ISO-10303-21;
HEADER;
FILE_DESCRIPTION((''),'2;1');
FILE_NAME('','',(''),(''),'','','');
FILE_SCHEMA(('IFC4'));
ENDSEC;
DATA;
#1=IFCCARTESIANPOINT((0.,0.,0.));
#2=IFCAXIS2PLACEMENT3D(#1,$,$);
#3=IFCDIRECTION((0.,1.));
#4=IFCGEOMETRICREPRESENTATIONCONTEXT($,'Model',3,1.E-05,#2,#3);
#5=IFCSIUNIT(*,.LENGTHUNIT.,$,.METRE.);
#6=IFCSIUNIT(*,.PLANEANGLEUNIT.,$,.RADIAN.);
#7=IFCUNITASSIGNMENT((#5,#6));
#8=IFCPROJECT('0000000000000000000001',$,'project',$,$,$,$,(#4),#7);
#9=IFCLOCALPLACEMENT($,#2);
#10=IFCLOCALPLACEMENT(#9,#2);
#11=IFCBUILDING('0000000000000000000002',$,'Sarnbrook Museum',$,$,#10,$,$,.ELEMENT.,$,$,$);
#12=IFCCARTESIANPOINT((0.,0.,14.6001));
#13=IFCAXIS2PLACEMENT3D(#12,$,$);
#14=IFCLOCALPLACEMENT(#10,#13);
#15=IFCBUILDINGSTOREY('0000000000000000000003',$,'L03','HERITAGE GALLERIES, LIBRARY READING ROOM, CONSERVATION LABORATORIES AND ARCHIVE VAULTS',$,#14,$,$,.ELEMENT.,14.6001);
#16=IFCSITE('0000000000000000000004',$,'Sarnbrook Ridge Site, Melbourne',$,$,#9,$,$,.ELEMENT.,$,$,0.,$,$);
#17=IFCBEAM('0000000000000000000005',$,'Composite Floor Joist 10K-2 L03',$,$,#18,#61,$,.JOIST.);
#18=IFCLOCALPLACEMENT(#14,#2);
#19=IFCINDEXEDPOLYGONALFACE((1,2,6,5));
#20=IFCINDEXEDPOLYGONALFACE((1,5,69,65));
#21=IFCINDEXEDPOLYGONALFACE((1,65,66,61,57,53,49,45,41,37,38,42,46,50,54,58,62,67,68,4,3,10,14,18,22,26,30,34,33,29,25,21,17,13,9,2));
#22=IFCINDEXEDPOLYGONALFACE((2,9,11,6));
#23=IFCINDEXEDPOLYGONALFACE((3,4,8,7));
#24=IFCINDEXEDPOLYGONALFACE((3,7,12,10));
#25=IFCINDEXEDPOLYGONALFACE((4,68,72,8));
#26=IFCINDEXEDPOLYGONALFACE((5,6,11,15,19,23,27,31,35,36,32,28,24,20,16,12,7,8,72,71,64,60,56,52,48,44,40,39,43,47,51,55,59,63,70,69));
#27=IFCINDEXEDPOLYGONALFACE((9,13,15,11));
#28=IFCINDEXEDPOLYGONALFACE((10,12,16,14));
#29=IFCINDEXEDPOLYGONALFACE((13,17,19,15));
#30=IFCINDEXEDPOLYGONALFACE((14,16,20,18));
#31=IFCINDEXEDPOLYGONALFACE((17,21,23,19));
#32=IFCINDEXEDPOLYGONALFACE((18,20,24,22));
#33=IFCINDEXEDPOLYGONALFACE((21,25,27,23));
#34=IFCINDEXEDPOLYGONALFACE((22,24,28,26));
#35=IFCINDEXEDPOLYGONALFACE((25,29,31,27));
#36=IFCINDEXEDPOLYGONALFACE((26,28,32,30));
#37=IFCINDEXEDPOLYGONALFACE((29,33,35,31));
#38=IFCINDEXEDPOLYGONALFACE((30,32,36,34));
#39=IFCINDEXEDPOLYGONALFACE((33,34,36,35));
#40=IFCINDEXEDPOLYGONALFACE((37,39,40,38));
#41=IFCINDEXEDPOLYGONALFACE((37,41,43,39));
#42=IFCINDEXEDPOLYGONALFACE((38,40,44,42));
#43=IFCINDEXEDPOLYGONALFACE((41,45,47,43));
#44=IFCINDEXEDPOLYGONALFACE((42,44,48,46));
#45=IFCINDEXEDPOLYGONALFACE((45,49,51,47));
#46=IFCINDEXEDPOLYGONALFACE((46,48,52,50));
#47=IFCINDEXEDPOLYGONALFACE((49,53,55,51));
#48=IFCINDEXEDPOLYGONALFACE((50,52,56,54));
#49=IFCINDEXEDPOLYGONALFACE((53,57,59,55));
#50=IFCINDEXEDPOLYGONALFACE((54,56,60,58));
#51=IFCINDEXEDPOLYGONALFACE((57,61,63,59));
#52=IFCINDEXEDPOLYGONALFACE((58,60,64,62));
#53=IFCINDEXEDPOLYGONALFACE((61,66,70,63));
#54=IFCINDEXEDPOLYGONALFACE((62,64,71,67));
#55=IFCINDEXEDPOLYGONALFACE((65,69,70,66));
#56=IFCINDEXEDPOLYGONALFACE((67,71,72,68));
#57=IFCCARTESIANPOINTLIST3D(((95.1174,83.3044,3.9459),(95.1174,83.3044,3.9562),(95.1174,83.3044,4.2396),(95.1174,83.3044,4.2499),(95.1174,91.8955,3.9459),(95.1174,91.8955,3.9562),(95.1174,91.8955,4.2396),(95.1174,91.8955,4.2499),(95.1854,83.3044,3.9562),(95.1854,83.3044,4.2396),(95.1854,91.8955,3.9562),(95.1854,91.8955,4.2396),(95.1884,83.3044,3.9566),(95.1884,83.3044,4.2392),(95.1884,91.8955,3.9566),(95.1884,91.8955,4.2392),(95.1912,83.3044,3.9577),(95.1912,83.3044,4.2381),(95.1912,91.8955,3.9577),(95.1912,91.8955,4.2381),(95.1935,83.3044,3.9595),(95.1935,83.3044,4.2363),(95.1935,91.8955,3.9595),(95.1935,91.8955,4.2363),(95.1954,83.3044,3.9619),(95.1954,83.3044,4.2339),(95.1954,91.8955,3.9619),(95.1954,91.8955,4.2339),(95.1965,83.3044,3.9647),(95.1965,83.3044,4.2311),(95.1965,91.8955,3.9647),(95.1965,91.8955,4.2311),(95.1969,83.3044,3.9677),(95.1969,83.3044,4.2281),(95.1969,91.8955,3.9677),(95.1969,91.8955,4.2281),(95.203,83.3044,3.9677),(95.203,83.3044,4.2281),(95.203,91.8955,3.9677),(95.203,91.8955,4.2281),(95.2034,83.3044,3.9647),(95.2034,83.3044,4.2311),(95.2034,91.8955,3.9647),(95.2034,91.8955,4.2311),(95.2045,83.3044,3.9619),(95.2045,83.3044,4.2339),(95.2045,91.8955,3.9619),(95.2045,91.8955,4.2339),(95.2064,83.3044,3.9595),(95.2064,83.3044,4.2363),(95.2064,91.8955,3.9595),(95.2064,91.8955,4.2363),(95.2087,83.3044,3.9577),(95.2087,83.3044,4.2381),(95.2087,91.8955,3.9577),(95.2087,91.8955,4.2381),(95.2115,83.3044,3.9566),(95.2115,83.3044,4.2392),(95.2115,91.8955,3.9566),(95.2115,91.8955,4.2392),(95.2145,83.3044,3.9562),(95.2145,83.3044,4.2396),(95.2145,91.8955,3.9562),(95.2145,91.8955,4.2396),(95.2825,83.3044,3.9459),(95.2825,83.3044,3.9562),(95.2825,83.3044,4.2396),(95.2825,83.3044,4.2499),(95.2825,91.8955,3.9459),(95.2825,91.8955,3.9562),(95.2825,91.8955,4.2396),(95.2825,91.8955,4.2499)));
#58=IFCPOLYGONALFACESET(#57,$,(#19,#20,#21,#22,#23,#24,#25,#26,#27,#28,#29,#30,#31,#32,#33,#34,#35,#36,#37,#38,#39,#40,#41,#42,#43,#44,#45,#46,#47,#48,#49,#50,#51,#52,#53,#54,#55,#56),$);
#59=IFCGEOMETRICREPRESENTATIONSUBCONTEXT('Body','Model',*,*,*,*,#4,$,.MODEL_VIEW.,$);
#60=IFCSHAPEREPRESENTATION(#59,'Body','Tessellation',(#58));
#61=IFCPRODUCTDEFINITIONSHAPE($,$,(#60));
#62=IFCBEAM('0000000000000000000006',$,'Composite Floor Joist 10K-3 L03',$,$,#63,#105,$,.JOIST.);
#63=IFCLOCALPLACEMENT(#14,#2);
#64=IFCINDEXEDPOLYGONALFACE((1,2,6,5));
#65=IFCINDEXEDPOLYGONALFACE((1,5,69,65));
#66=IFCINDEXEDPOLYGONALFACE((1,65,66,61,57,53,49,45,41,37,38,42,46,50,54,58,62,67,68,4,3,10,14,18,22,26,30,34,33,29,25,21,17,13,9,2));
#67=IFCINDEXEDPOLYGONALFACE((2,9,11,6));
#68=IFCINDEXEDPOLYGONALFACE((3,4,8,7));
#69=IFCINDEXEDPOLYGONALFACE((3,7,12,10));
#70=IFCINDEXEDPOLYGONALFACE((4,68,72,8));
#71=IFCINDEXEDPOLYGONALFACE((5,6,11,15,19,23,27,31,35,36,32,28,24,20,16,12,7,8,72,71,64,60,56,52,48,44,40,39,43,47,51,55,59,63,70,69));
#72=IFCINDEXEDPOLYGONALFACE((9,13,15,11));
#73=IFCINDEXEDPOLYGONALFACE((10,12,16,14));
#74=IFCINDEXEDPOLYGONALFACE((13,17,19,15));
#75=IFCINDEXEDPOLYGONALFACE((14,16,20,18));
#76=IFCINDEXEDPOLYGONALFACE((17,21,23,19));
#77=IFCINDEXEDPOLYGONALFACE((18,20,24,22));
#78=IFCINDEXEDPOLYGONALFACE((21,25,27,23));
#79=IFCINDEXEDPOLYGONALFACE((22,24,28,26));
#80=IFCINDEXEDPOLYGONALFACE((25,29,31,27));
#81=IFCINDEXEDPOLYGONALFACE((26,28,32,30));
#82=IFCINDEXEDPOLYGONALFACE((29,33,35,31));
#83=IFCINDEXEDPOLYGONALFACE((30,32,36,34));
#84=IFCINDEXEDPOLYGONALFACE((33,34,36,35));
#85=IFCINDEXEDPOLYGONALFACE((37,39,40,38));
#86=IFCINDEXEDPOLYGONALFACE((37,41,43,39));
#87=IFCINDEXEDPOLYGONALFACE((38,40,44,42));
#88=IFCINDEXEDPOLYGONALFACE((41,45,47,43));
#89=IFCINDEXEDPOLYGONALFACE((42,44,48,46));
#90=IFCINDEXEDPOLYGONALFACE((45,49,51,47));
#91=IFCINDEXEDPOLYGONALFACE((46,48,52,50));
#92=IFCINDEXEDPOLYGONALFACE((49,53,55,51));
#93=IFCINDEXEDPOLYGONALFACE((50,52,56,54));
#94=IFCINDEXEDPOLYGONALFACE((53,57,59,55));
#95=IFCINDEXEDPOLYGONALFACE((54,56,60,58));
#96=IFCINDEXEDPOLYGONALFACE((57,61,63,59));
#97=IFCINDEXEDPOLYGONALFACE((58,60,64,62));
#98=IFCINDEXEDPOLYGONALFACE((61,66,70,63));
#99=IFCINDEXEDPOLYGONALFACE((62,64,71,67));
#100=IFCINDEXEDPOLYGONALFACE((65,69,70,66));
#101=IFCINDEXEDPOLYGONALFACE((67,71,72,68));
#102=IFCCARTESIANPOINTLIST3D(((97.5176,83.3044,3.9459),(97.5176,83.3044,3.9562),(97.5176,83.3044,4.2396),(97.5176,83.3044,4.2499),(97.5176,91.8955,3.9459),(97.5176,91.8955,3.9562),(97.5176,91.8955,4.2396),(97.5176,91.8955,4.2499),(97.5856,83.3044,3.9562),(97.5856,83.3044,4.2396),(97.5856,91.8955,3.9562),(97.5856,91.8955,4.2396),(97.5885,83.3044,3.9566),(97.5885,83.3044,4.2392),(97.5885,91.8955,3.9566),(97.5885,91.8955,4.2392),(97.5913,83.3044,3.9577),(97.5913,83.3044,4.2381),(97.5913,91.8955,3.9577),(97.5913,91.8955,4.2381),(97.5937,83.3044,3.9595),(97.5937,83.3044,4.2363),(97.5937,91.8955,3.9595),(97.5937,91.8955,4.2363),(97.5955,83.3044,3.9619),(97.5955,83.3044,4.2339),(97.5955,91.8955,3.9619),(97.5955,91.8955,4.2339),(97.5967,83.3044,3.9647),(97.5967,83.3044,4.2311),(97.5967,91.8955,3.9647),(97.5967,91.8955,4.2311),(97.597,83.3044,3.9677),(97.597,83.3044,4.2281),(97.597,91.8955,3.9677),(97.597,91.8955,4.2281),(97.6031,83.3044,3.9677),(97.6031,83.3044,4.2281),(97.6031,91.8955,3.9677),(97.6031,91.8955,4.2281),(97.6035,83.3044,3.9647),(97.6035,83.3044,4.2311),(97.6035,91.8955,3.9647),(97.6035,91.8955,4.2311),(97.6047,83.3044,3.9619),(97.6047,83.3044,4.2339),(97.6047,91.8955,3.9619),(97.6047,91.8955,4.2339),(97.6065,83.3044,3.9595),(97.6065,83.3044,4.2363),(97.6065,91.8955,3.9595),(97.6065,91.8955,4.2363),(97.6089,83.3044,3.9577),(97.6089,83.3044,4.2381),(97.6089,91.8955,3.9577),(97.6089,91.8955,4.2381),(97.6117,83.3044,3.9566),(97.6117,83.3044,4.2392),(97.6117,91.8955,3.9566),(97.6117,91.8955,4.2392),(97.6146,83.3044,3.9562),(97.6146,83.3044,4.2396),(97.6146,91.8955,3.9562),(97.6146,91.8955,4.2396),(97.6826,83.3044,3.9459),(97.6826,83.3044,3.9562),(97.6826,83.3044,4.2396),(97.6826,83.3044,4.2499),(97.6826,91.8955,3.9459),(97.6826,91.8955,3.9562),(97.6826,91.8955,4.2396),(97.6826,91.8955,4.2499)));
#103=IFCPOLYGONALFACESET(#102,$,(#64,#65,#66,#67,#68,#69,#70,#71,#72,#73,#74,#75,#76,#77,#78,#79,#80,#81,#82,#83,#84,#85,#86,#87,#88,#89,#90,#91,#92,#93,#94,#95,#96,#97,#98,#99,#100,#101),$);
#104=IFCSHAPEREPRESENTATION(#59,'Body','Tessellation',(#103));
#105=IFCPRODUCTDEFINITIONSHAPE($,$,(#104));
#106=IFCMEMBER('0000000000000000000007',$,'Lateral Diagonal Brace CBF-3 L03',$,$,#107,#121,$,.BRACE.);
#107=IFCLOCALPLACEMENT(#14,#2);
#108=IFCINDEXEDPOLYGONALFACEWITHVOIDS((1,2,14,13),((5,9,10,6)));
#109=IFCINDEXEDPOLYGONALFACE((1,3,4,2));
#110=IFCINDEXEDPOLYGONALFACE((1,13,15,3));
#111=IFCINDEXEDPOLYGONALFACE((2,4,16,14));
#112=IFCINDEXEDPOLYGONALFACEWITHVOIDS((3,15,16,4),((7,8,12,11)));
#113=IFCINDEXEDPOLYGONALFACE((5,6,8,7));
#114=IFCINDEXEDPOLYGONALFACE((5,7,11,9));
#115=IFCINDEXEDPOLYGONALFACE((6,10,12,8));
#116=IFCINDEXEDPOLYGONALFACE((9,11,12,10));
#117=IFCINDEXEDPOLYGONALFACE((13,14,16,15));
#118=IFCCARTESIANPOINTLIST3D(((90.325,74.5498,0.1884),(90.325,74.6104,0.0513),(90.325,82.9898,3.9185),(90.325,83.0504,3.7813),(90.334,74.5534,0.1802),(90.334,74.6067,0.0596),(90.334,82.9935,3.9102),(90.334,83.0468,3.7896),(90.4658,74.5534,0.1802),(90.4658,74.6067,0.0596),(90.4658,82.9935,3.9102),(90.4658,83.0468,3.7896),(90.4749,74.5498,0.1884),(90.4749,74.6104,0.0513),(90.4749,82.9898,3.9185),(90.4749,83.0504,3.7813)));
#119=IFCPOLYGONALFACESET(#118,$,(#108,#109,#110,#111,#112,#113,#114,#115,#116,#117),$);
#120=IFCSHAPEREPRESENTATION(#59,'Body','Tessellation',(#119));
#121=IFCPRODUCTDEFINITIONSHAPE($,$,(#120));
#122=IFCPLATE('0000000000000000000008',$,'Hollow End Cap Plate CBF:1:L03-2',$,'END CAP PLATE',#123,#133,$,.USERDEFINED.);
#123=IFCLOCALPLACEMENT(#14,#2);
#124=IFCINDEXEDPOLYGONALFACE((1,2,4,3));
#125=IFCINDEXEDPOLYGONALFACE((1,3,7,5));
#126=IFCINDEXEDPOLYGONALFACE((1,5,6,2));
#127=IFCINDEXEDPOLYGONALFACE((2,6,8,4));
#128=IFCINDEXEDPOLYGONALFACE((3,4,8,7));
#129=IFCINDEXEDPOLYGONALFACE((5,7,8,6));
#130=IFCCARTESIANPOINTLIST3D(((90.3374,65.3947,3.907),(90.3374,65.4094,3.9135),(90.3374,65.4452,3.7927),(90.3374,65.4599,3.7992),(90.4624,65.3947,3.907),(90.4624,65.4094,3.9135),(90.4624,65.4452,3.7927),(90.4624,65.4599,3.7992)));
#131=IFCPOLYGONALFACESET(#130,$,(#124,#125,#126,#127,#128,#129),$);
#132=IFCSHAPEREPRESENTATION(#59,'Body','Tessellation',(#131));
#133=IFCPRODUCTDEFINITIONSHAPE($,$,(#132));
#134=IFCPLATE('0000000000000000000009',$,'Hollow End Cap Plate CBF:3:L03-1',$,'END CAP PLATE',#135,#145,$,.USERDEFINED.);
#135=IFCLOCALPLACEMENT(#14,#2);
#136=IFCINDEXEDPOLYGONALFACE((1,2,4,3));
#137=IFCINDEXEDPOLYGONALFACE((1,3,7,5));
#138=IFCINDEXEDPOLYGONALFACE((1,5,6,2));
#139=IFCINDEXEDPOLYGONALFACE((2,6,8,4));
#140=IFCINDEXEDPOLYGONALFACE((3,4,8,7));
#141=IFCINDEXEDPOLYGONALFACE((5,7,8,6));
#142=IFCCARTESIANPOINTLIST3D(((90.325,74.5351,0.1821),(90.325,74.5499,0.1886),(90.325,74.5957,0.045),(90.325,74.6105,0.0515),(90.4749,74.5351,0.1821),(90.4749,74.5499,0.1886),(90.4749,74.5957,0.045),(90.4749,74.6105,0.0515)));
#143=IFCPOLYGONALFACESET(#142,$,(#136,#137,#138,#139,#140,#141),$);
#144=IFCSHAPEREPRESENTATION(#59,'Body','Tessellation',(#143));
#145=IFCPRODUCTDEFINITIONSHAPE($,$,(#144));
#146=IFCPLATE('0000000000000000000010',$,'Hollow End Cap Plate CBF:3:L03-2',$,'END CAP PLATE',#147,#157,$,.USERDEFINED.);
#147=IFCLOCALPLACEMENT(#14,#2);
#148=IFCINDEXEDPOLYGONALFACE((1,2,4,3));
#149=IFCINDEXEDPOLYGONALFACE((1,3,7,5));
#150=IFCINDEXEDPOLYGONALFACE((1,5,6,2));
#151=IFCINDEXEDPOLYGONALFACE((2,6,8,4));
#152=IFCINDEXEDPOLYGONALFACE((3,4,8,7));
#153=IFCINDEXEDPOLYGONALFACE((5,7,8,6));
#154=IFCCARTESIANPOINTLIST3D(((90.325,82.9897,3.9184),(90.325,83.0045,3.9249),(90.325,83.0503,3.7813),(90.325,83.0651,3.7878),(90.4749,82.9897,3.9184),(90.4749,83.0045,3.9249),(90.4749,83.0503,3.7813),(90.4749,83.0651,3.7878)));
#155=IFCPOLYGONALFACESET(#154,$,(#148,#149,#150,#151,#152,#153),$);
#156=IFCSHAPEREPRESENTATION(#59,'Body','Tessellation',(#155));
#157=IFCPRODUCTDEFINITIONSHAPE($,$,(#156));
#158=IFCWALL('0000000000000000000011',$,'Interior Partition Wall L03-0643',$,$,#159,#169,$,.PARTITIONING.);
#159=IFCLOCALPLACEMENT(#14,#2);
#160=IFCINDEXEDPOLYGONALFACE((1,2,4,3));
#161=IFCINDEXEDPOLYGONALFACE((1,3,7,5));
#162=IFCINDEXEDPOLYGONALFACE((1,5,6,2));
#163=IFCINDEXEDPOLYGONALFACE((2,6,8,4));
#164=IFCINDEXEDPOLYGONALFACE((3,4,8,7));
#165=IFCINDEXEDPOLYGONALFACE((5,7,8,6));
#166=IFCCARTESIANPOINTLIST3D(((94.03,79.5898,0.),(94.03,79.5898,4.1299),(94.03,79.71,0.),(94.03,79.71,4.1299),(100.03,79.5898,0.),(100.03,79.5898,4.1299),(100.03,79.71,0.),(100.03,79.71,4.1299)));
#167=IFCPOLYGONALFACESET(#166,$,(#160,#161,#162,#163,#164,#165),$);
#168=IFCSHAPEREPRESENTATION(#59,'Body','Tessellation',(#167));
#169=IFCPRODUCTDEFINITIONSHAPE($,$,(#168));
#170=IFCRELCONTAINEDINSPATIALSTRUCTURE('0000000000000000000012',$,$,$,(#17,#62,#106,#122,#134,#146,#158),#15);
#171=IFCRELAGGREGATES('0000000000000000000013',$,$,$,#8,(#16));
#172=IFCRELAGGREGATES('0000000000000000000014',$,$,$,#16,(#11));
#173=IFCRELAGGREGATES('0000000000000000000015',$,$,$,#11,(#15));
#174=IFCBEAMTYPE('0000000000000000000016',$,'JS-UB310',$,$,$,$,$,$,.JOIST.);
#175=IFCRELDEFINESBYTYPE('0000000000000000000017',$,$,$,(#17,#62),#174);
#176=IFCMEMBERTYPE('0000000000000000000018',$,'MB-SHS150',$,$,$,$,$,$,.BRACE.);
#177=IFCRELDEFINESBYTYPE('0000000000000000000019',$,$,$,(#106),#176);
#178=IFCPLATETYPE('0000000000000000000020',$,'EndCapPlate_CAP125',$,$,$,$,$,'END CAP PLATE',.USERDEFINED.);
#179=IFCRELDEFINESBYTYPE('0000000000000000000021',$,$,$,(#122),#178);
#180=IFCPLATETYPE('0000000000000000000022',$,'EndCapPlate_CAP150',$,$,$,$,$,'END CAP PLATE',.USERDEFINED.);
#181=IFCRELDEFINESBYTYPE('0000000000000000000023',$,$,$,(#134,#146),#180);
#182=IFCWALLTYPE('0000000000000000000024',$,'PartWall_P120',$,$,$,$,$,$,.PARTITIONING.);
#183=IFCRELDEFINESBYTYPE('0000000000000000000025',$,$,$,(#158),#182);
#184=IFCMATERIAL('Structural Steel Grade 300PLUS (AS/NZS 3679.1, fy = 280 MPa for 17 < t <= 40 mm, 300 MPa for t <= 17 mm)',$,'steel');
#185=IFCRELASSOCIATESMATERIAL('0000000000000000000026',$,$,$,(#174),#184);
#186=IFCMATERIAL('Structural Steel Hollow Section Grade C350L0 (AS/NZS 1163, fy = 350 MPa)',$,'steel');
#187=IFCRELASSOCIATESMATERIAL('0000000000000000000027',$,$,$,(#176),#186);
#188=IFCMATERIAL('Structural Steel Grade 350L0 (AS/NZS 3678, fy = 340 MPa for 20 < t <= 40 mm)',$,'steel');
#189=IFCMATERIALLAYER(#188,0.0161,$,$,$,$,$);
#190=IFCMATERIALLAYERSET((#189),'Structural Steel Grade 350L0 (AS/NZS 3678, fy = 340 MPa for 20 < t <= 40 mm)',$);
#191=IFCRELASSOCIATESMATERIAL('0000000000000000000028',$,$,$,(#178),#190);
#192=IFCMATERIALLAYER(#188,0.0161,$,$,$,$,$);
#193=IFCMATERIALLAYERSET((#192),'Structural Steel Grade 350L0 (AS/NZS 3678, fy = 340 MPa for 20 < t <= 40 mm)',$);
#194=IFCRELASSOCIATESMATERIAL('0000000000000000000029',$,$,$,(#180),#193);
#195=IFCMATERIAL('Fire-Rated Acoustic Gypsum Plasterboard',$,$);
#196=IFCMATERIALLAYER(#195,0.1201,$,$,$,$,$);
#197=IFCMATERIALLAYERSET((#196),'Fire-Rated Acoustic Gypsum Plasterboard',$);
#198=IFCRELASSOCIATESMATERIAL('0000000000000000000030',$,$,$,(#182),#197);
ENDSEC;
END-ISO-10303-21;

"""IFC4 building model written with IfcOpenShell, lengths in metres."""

from ifc_helpers import new_model, si_unit, direction, frame, frame_2d, origin, origin_2d, place, context, subcontext, project, spatial, rectangle, hollow_rectangle, i_section, extrude, material, layer, layer_set, material_profile, profile_set, type_object, element, save


model = new_model("IFC4")

# Units and contexts
model_context = context("Model", 3, precision=1e-05, world=origin(), true_north=direction((0.0, 1.0)))
body_context = subcontext(model_context, "Body", "Model", "MODEL_VIEW")
ifc_project = project(units=[si_unit("LENGTHUNIT", "METRE"), si_unit("PLANEANGLEUNIT", "RADIAN")], contexts=[model_context])

# Site, building, storey
site_placement = place(None, origin())
site = spatial("IfcSite", under=ifc_project, at=site_placement, Name="Sarnbrook Ridge Site, Melbourne", CompositionType="ELEMENT", RefElevation=0.0)
building_placement = place(site_placement, origin())
building = spatial("IfcBuilding", under=site, at=building_placement, Name="Sarnbrook Museum", CompositionType="ELEMENT")
storey_placement = place(building_placement, frame((0.0, 0.0, 14.6001)))
storey = spatial("IfcBuildingStorey", under=building, at=storey_placement, Name="L03", Description="HERITAGE GALLERIES, LIBRARY READING ROOM, CONSERVATION LABORATORIES AND ARCHIVE VAULTS", CompositionType="ELEMENT", Elevation=14.6001)

# Shared definitions
ifc_material_1 = material(Name="Structural Steel Grade 300PLUS (AS/NZS 3679.1, fy = 280 MPa for 17 < t <= 40 mm, 300 MPa for t <= 17 mm)", Category="steel")

# Beams
ifc_material_profile_1 = material_profile(ifc_material_1, i_section(OverallWidth=0.165, OverallDepth=0.304, WebThickness=0.0061, FlangeThickness=0.0103, FilletRadius=0.0115, at=origin_2d()), Name="310UB40.4")
ifc_profile_set_1 = profile_set([ifc_material_profile_1], Name="Structural Steel Grade 300PLUS (AS/NZS 3679.1, fy = 280 MPa for 17 < t <= 40 mm, 300 MPa for t <= 17 mm)")
beam_type_1 = type_object("IfcBeamType", Name="JS-UB310", PredefinedType="JOIST", material=ifc_profile_set_1)
for number, where, z_axis, x_axis, name in (
    (1, (95.2, 83.3044, 4.0979), (0.0, 1.0, 0.0), (-1.0, 0.0, 0.0), "Composite Floor Joist 10K-2 L03"),
    (2, (97.6001, 83.3044, 4.0979), (0.0, 1.0, 0.0), (-1.0, 0.0, 0.0), "Composite Floor Joist 10K-3 L03"),
):
    element("IfcBeam", number, at=place(storey_placement, frame(where, z_axis=z_axis, x_axis=x_axis)), inside=storey, type_object=beam_type_1, Name=name, PredefinedType="JOIST", context=body_context, shape_type="SweptSolid", body=[
        extrude(i_section(OverallWidth=0.165, OverallDepth=0.304, WebThickness=0.0061, FlangeThickness=0.0103, FilletRadius=0.0115, at=origin_2d()), origin(), (0.0, 0.0, 1.0), 8.5911),
    ])

# Member
ifc_material_2 = material(Name="Structural Steel Hollow Section Grade C350L0 (AS/NZS 1163, fy = 350 MPa)", Category="steel")
ifc_material_profile_2 = material_profile(ifc_material_2, hollow_rectangle(XDim=0.1499, YDim=0.1499, WallThickness=0.009, at=origin_2d()), Name="150x150x9.0SHS")
ifc_profile_set_2 = profile_set([ifc_material_profile_2], Name="Structural Steel Hollow Section Grade C350L0 (AS/NZS 1163, fy = 350 MPa)")
member_type = type_object("IfcMemberType", Name="MB-SHS150", PredefinedType="BRACE", material=ifc_profile_set_2)
member_placement = place(storey_placement, frame((90.3999, 74.5801, 0.1199), z_axis=(0.0, 0.914658, 0.404228), x_axis=(-1.0, 0.0, 0.0)))
element("IfcMember", 3, at=member_placement, inside=storey, type_object=member_type, Name="Lateral Diagonal Brace CBF-3 L03", PredefinedType="BRACE", context=body_context, shape_type="SweptSolid", body=[
    extrude(hollow_rectangle(XDim=0.1499, YDim=0.1499, WallThickness=0.009, at=origin_2d()), origin(), (0.0, 0.0, 1.0), 9.2275),
])

# Plates
ifc_material_3 = material(Name="Structural Steel Grade 350L0 (AS/NZS 3678, fy = 340 MPa for 20 < t <= 40 mm)", Category="steel")
ifc_layer_1 = layer(ifc_material_3, 0.0161)
ifc_layer_set_1 = layer_set([ifc_layer_1], Name="Structural Steel Grade 350L0 (AS/NZS 3678, fy = 340 MPa for 20 < t <= 40 mm)")
plate_type_1 = type_object("IfcPlateType", Name="EndCapPlate_CAP125", ElementType="END CAP PLATE", PredefinedType="USERDEFINED", material=ifc_layer_set_1)
plate_placement = place(storey_placement, frame((90.3999, 65.4199, 3.8499), z_axis=(0.0, 0.914659, 0.404227), x_axis=(-1.0, 0.0, 0.0)))
element("IfcPlate", 4, at=plate_placement, inside=storey, type_object=plate_type_1, Name="Hollow End Cap Plate CBF:1:L03-2", ObjectType="END CAP PLATE", PredefinedType="USERDEFINED", context=body_context, shape_type="SweptSolid", body=[
    extrude(rectangle(XDim=0.125, YDim=0.125, at=origin_2d()), origin(), (0.0, 0.0, 1.0), 0.0161),
])
ifc_layer_2 = layer(ifc_material_3, 0.0161)
ifc_layer_set_2 = layer_set([ifc_layer_2], Name="Structural Steel Grade 350L0 (AS/NZS 3678, fy = 340 MPa for 20 < t <= 40 mm)")
plate_type_2 = type_object("IfcPlateType", Name="EndCapPlate_CAP150", ElementType="END CAP PLATE", PredefinedType="USERDEFINED", material=ifc_layer_set_2)
for number, where, z_axis, x_axis, name in (
    (5, (90.3999, 74.5654, 0.1135), (0.0, 0.914659, 0.404227), (-1.0, 0.0, 0.0), "Hollow End Cap Plate CBF:3:L03-1"),
    (6, (90.3999, 83.02, 3.8499), (0.0, 0.914659, 0.404227), (-1.0, 0.0, 0.0), "Hollow End Cap Plate CBF:3:L03-2"),
):
    element("IfcPlate", number, at=place(storey_placement, frame(where, z_axis=z_axis, x_axis=x_axis)), inside=storey, type_object=plate_type_2, Name=name, ObjectType="END CAP PLATE", PredefinedType="USERDEFINED", context=body_context, shape_type="SweptSolid", body=[
        extrude(rectangle(XDim=0.1499, YDim=0.1499, at=origin_2d()), origin(), (0.0, 0.0, 1.0), 0.0161),
    ])

# Wall
ifc_material_4 = material(Name="Fire-Rated Acoustic Gypsum Plasterboard")
ifc_layer_3 = layer(ifc_material_4, 0.1201)
ifc_layer_set_3 = layer_set([ifc_layer_3], Name="Fire-Rated Acoustic Gypsum Plasterboard")
wall_type_1 = type_object("IfcWallType", Name="PartWall_P120", PredefinedType="PARTITIONING", material=ifc_layer_set_3)
wall_1_placement = place(storey_placement, frame((100.03, 79.6499, 0.0), z_axis=(0.0, 0.0, 1.0), x_axis=(-1.0, 0.0, 0.0)))
element("IfcWall", 7, at=wall_1_placement, inside=storey, type_object=wall_type_1, Name="Interior Partition Wall L03-0643", PredefinedType="PARTITIONING", context=body_context, shape_type="SweptSolid", body=[
    extrude(rectangle(XDim=6.0, YDim=0.1201, at=frame_2d((3.0, 0.0))), origin(), (0.0, 0.0, 1.0), 4.1299),
])

save(model, "model.ifc")
